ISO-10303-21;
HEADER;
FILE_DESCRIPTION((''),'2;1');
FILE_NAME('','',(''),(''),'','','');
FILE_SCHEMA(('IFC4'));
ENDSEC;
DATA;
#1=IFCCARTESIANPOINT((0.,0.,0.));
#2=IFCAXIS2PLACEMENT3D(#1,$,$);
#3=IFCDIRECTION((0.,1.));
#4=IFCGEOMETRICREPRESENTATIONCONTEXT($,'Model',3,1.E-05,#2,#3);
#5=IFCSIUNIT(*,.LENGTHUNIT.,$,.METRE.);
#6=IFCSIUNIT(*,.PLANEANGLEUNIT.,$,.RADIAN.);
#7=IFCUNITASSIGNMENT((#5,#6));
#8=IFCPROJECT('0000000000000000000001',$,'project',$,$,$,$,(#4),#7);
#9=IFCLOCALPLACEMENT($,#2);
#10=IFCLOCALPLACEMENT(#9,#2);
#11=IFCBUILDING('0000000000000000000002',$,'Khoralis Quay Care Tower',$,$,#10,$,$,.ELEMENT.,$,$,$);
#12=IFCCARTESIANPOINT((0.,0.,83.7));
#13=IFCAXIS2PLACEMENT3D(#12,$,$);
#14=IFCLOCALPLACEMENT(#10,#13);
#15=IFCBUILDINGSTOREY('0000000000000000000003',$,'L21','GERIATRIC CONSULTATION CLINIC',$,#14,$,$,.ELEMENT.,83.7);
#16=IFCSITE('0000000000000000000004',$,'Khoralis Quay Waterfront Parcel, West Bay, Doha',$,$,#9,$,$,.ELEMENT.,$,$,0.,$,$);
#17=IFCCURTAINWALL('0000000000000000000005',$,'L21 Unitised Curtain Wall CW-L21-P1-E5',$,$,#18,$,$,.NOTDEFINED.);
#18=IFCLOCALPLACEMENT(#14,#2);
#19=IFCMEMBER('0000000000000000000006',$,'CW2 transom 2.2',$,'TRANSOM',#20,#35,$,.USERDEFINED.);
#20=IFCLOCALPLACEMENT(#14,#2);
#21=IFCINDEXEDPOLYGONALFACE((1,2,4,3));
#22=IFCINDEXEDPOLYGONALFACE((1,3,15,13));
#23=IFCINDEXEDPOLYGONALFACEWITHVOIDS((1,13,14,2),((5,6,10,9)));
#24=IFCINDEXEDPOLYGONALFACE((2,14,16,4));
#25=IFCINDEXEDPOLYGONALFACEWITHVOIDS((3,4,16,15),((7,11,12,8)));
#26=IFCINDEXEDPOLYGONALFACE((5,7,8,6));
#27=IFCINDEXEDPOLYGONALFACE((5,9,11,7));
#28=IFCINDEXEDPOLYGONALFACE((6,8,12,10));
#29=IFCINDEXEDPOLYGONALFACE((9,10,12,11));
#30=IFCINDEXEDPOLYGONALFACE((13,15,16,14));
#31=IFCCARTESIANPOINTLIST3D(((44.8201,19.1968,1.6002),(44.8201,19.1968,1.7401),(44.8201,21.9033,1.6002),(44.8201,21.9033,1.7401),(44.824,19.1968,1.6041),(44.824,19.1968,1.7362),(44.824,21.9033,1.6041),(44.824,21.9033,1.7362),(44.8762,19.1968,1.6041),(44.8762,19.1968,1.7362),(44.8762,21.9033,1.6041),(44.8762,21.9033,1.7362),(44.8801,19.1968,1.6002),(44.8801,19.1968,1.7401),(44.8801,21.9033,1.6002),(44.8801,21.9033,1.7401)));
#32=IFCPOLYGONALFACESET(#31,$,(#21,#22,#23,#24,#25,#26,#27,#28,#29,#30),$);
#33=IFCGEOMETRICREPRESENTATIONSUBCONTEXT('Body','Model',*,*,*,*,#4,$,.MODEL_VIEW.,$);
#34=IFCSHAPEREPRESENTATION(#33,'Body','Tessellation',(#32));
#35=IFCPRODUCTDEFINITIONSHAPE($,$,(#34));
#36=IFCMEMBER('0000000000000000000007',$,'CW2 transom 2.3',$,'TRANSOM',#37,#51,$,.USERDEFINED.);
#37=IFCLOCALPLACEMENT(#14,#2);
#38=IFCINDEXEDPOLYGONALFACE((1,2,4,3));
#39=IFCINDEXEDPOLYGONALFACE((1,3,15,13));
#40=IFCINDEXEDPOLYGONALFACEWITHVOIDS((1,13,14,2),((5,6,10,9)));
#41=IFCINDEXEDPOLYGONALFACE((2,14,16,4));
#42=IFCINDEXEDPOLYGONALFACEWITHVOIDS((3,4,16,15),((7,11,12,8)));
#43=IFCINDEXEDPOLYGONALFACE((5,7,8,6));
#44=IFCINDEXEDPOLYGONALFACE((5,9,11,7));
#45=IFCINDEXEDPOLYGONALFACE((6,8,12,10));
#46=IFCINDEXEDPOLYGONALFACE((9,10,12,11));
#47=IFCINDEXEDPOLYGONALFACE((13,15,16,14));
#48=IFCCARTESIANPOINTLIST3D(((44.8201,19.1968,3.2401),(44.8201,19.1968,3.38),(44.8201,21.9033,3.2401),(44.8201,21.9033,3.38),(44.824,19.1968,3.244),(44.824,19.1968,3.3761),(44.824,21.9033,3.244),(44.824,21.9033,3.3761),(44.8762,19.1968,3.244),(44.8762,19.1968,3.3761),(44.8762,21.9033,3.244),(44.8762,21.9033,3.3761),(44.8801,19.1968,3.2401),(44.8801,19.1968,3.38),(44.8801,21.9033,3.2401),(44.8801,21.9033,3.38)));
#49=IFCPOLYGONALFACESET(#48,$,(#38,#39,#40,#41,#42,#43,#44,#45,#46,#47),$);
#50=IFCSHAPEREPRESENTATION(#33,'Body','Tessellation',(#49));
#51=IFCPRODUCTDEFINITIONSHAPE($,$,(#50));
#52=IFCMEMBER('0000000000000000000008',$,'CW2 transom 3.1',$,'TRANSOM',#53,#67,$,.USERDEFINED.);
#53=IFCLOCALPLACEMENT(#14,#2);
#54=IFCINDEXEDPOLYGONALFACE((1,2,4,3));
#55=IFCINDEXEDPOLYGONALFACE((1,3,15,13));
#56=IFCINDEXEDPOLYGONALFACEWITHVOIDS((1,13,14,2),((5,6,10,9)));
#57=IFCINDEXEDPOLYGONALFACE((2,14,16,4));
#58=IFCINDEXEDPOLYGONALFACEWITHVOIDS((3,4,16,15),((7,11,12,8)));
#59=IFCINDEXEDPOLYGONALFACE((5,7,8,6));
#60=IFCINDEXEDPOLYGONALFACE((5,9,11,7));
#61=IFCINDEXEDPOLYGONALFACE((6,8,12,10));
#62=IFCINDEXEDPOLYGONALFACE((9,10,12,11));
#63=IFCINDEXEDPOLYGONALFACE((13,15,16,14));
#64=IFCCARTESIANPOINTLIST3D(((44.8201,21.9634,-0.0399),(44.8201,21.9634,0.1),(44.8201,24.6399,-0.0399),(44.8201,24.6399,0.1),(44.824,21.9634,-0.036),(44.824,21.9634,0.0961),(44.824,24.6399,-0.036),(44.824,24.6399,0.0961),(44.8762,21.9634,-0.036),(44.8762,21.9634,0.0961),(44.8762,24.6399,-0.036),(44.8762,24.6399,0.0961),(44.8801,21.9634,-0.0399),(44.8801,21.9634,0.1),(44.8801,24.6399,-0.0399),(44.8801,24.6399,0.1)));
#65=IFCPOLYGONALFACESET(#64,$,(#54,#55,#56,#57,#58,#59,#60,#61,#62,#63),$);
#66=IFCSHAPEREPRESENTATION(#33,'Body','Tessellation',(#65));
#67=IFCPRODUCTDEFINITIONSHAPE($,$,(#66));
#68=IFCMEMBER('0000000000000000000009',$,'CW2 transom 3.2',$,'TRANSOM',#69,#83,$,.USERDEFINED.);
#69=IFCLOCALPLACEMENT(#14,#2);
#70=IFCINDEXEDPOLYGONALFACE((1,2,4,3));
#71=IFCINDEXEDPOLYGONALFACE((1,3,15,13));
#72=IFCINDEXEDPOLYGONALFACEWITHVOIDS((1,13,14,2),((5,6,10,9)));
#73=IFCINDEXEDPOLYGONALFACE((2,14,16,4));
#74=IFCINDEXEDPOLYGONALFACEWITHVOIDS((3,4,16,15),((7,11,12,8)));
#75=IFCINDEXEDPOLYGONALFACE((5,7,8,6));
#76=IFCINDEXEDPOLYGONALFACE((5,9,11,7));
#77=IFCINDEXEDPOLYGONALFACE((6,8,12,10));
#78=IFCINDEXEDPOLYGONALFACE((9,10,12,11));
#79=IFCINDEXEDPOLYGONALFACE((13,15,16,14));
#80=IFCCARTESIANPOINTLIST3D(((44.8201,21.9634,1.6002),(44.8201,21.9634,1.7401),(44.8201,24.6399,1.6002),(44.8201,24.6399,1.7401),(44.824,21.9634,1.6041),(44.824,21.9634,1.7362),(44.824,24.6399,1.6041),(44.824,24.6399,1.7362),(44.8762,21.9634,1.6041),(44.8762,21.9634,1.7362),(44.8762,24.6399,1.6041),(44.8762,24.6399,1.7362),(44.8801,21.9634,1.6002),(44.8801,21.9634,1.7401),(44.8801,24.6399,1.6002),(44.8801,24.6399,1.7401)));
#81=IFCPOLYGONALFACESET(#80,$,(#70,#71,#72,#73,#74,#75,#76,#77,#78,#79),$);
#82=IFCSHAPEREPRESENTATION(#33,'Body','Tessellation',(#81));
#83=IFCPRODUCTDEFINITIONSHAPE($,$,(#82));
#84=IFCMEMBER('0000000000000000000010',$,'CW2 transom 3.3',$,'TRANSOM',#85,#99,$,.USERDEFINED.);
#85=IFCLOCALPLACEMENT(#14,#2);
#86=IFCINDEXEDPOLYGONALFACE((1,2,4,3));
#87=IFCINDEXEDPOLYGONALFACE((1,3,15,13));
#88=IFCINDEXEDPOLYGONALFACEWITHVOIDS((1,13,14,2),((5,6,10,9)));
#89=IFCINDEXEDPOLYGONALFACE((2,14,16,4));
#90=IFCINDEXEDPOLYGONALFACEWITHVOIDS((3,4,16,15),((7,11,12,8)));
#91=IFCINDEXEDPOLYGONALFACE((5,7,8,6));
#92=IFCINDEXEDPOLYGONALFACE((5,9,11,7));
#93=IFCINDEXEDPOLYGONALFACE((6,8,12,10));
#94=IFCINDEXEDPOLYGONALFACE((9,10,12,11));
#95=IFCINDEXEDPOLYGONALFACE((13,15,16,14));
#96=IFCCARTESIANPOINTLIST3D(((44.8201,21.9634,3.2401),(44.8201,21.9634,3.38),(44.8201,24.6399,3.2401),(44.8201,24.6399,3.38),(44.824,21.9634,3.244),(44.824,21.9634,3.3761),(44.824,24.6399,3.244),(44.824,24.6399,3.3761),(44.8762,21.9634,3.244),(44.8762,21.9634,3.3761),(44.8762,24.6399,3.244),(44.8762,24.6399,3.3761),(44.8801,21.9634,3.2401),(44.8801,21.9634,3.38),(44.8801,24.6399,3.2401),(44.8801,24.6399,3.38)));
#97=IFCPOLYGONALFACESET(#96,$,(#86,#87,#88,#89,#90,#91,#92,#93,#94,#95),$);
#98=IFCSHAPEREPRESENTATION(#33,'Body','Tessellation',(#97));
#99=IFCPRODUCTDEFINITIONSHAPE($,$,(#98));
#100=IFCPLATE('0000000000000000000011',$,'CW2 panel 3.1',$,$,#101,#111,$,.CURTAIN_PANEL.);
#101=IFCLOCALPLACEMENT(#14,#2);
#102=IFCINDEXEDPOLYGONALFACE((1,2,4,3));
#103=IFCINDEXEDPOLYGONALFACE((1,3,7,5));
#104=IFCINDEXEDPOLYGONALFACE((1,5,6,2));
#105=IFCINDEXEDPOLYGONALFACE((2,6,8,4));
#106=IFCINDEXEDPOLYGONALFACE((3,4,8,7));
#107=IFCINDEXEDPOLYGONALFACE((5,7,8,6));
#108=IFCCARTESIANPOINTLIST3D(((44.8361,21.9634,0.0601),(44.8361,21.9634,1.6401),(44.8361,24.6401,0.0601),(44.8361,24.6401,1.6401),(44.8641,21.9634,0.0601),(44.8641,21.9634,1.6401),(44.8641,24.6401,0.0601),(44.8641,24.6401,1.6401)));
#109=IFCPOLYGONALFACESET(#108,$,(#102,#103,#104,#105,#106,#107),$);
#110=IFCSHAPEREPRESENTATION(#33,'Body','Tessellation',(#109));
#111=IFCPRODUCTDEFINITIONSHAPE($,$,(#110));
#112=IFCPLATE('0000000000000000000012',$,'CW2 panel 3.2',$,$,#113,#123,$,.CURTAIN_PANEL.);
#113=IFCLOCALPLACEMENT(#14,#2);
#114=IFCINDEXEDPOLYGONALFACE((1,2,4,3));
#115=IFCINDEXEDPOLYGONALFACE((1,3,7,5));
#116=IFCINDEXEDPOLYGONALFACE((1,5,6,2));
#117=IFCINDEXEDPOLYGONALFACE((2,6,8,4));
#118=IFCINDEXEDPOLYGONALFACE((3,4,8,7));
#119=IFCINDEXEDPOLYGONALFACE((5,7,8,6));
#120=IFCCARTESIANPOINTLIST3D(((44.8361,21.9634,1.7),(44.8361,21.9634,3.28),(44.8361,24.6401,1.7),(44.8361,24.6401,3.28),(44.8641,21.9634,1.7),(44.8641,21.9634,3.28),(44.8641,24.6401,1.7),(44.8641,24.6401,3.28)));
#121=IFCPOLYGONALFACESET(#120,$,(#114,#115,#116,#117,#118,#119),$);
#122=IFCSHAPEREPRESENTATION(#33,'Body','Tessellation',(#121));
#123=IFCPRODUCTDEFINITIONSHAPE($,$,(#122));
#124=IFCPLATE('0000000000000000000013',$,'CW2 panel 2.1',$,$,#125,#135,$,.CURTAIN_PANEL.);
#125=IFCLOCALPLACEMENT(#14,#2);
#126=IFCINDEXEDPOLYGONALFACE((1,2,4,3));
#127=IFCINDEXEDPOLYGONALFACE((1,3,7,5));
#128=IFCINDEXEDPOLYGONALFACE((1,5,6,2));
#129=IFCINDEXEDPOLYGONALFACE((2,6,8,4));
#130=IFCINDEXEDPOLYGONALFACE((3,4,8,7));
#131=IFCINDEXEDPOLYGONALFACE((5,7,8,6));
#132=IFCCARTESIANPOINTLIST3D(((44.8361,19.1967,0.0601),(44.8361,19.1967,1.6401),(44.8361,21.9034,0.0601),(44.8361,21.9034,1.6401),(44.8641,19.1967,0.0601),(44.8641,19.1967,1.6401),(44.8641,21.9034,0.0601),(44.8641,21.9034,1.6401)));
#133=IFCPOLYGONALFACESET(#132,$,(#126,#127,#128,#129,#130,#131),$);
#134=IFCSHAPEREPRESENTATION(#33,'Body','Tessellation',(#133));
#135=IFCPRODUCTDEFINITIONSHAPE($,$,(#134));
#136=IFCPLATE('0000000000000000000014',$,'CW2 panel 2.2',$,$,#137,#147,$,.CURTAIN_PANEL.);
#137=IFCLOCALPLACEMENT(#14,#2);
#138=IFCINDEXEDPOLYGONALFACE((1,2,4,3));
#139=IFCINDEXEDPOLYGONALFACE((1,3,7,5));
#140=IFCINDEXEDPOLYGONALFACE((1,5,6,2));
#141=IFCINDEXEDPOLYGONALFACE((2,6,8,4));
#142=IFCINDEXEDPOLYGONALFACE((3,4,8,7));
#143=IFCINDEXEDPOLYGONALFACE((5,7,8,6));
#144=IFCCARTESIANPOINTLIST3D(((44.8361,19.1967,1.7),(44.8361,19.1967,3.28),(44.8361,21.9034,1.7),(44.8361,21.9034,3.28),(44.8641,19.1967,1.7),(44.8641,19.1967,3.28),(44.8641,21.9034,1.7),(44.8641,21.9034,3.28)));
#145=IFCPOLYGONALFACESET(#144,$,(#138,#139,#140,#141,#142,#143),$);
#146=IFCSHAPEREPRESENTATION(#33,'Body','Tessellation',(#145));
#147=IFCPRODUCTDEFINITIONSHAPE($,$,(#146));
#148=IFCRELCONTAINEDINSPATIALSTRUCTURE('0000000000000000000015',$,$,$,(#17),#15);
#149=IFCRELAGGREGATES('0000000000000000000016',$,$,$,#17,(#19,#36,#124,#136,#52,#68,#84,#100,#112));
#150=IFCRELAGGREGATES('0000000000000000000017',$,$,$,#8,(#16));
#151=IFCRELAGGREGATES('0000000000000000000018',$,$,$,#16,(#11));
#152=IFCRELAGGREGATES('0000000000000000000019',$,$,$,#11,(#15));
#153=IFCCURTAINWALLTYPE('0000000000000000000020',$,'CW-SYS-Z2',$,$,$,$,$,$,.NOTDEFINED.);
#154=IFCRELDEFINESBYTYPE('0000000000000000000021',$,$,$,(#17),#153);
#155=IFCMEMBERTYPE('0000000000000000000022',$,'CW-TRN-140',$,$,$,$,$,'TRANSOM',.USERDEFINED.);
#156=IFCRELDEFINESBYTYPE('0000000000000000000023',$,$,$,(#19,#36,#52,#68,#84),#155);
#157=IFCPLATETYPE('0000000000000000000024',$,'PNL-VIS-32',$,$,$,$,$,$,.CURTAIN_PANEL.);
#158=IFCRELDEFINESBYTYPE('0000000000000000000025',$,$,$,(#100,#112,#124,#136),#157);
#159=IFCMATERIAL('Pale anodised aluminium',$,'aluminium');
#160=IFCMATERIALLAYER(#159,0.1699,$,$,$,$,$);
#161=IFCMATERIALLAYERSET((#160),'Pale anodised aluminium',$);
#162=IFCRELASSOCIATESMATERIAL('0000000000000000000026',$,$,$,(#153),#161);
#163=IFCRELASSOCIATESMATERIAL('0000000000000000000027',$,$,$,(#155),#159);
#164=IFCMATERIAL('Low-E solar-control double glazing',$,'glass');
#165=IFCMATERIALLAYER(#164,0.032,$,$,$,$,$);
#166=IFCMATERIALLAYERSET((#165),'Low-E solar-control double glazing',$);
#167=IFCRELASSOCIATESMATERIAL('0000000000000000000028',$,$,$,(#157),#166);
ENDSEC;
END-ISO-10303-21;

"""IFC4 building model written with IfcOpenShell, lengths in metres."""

from ifc_helpers import new_model, si_unit, direction, frame, origin, origin_2d, place, context, subcontext, project, spatial, rectangle, hollow_rectangle, extrude, source, transform, mapped, material, layer, layer_set, material_profile, profile_set, type_object, element, aggregate, save


model = new_model("IFC4")

# Units and contexts
model_context = context("Model", 3, precision=1e-05, world=origin(), true_north=direction((0.0, 1.0)))
body_context = subcontext(model_context, "Body", "Model", "MODEL_VIEW")
ifc_project = project(units=[si_unit("LENGTHUNIT", "METRE"), si_unit("PLANEANGLEUNIT", "RADIAN")], contexts=[model_context])

# Site, building, storey
site_placement = place(None, origin())
site = spatial("IfcSite", under=ifc_project, at=site_placement, Name="Khoralis Quay Waterfront Parcel, West Bay, Doha", CompositionType="ELEMENT", RefElevation=0.0)
building_placement = place(site_placement, origin())
building = spatial("IfcBuilding", under=site, at=building_placement, Name="Khoralis Quay Care Tower", CompositionType="ELEMENT")
storey_placement = place(building_placement, frame((0.0, 0.0, 83.7)))
storey = spatial("IfcBuildingStorey", under=building, at=storey_placement, Name="L21", Description="GERIATRIC CONSULTATION CLINIC", CompositionType="ELEMENT", Elevation=83.7)

# Curtain wall, members, plates
ifc_material_1 = material(Name="Pale anodised aluminium", Category="aluminium")
ifc_layer_1 = layer(ifc_material_1, 0.1699)
ifc_layer_set_1 = layer_set([ifc_layer_1], Name="Pale anodised aluminium")
curtain_wall_type = type_object("IfcCurtainWallType", Name="CW-SYS-Z2", PredefinedType="NOTDEFINED", material=ifc_layer_set_1)
curtain_wall_placement = place(storey_placement, origin())
curtain_wall = element("IfcCurtainWall", 1, at=curtain_wall_placement, inside=storey, type_object=curtain_wall_type, Name="L21 Unitised Curtain Wall CW-L21-P1-E5", PredefinedType="NOTDEFINED")
ifc_material_profile_1 = material_profile(ifc_material_1, hollow_rectangle(XDim=0.0601, YDim=0.1399, WallThickness=0.0039, at=origin_2d()), Name="Pale anodised aluminium")
ifc_profile_set_1 = profile_set([ifc_material_profile_1], Name="Pale anodised aluminium")
member_type_1 = type_object("IfcMemberType", Name="CW-TRN-140", ElementType="TRANSOM", PredefinedType="USERDEFINED", material=ifc_profile_set_1)
shared_shape_1 = source(origin(), body_context, "Body", "SweptSolid", [
    extrude(hollow_rectangle(XDim=0.0601, YDim=0.1399, WallThickness=0.0039, at=origin_2d()), origin(), (0.0, 0.0, 1.0), 2.7065),
])
member_1_placement = place(storey_placement, frame((44.8501, 19.1968, 1.6702), z_axis=(0.0, 1.0, 0.0), x_axis=(-1.0, 0.0, 0.0)))
member_1 = element("IfcMember", 2, at=member_1_placement, type_object=member_type_1, Name="CW2 transom 2.2", ObjectType="TRANSOM", PredefinedType="USERDEFINED", context=body_context, shape_type="MappedRepresentation", body=[
    mapped(shared_shape_1, transform((0.0, 0.0, 0.0), scale=1.0)),
])
member_2_placement = place(storey_placement, frame((44.8501, 19.1968, 3.3101), z_axis=(0.0, 1.0, 0.0), x_axis=(-1.0, 0.0, 0.0)))
member_2 = element("IfcMember", 3, at=member_2_placement, type_object=member_type_1, Name="CW2 transom 2.3", ObjectType="TRANSOM", PredefinedType="USERDEFINED", context=body_context, shape_type="MappedRepresentation", body=[
    mapped(shared_shape_1, transform((0.0, 0.0, 0.0), scale=1.0)),
])
shared_shape_2 = source(origin(), body_context, "Body", "SweptSolid", [
    extrude(hollow_rectangle(XDim=0.0601, YDim=0.1399, WallThickness=0.0039, at=origin_2d()), origin(), (0.0, 0.0, 1.0), 2.6765),
])
member_3_placement = place(storey_placement, frame((44.8501, 21.9634, 0.03), z_axis=(0.0, 1.0, 0.0), x_axis=(-1.0, 0.0, 0.0)))
member_3 = element("IfcMember", 4, at=member_3_placement, type_object=member_type_1, Name="CW2 transom 3.1", ObjectType="TRANSOM", PredefinedType="USERDEFINED", context=body_context, shape_type="MappedRepresentation", body=[
    mapped(shared_shape_2, transform((0.0, 0.0, 0.0), scale=1.0)),
])
member_4_placement = place(storey_placement, frame((44.8501, 21.9634, 1.6702), z_axis=(0.0, 1.0, 0.0), x_axis=(-1.0, 0.0, 0.0)))
member_4 = element("IfcMember", 5, at=member_4_placement, type_object=member_type_1, Name="CW2 transom 3.2", ObjectType="TRANSOM", PredefinedType="USERDEFINED", context=body_context, shape_type="MappedRepresentation", body=[
    mapped(shared_shape_2, transform((0.0, 0.0, 0.0), scale=1.0)),
])
member_5_placement = place(storey_placement, frame((44.8501, 21.9634, 3.3101), z_axis=(0.0, 1.0, 0.0), x_axis=(-1.0, 0.0, 0.0)))
member_5 = element("IfcMember", 6, at=member_5_placement, type_object=member_type_1, Name="CW2 transom 3.3", ObjectType="TRANSOM", PredefinedType="USERDEFINED", context=body_context, shape_type="MappedRepresentation", body=[
    mapped(shared_shape_2, transform((0.0, 0.0, 0.0), scale=1.0)),
])
ifc_material_2 = material(Name="Low-E solar-control double glazing", Category="glass")
ifc_layer_2 = layer(ifc_material_2, 0.032)
ifc_layer_set_2 = layer_set([ifc_layer_2], Name="Low-E solar-control double glazing")
plate_type = type_object("IfcPlateType", Name="PNL-VIS-32", PredefinedType="CURTAIN_PANEL", material=ifc_layer_set_2)
shared_shape_3 = source(origin(), body_context, "Body", "SweptSolid", [
    extrude(rectangle(XDim=2.6768, YDim=0.0281, at=origin_2d()), origin(), (0.0, 0.0, 1.0), 1.5801),
])
plate_1_placement = place(storey_placement, frame((44.8501, 23.3018, 0.0601), z_axis=(0.0, 0.0, 1.0), x_axis=(0.0, 1.0, 0.0)))
plate_1 = element("IfcPlate", 7, at=plate_1_placement, type_object=plate_type, Name="CW2 panel 3.1", PredefinedType="CURTAIN_PANEL", context=body_context, shape_type="MappedRepresentation", body=[
    mapped(shared_shape_3, transform((0.0, 0.0, 0.0), scale=1.0)),
])
plate_2_placement = place(storey_placement, frame((44.8501, 23.3018, 1.7), z_axis=(0.0, 0.0, 1.0), x_axis=(0.0, 1.0, 0.0)))
plate_2 = element("IfcPlate", 8, at=plate_2_placement, type_object=plate_type, Name="CW2 panel 3.2", PredefinedType="CURTAIN_PANEL", context=body_context, shape_type="MappedRepresentation", body=[
    mapped(shared_shape_3, transform((0.0, 0.0, 0.0), scale=1.0)),
])
shared_shape_4 = source(origin(), body_context, "Body", "SweptSolid", [
    extrude(rectangle(XDim=2.7068, YDim=0.0281, at=origin_2d()), origin(), (0.0, 0.0, 1.0), 1.5801),
])
plate_3_placement = place(storey_placement, frame((44.8501, 20.55, 0.0601), z_axis=(0.0, 0.0, 1.0), x_axis=(0.0, 1.0, 0.0)))
plate_3 = element("IfcPlate", 9, at=plate_3_placement, type_object=plate_type, Name="CW2 panel 2.1", PredefinedType="CURTAIN_PANEL", context=body_context, shape_type="MappedRepresentation", body=[
    mapped(shared_shape_4, transform((0.0, 0.0, 0.0), scale=1.0)),
])
plate_4_placement = place(storey_placement, frame((44.8501, 20.55, 1.7), z_axis=(0.0, 0.0, 1.0), x_axis=(0.0, 1.0, 0.0)))
plate_4 = element("IfcPlate", 10, at=plate_4_placement, type_object=plate_type, Name="CW2 panel 2.2", PredefinedType="CURTAIN_PANEL", context=body_context, shape_type="MappedRepresentation", body=[
    mapped(shared_shape_4, transform((0.0, 0.0, 0.0), scale=1.0)),
])
aggregate(curtain_wall, [member_1, member_2, plate_3, plate_4, member_3, member_4, member_5, plate_1, plate_2])

save(model, "model.ifc")
